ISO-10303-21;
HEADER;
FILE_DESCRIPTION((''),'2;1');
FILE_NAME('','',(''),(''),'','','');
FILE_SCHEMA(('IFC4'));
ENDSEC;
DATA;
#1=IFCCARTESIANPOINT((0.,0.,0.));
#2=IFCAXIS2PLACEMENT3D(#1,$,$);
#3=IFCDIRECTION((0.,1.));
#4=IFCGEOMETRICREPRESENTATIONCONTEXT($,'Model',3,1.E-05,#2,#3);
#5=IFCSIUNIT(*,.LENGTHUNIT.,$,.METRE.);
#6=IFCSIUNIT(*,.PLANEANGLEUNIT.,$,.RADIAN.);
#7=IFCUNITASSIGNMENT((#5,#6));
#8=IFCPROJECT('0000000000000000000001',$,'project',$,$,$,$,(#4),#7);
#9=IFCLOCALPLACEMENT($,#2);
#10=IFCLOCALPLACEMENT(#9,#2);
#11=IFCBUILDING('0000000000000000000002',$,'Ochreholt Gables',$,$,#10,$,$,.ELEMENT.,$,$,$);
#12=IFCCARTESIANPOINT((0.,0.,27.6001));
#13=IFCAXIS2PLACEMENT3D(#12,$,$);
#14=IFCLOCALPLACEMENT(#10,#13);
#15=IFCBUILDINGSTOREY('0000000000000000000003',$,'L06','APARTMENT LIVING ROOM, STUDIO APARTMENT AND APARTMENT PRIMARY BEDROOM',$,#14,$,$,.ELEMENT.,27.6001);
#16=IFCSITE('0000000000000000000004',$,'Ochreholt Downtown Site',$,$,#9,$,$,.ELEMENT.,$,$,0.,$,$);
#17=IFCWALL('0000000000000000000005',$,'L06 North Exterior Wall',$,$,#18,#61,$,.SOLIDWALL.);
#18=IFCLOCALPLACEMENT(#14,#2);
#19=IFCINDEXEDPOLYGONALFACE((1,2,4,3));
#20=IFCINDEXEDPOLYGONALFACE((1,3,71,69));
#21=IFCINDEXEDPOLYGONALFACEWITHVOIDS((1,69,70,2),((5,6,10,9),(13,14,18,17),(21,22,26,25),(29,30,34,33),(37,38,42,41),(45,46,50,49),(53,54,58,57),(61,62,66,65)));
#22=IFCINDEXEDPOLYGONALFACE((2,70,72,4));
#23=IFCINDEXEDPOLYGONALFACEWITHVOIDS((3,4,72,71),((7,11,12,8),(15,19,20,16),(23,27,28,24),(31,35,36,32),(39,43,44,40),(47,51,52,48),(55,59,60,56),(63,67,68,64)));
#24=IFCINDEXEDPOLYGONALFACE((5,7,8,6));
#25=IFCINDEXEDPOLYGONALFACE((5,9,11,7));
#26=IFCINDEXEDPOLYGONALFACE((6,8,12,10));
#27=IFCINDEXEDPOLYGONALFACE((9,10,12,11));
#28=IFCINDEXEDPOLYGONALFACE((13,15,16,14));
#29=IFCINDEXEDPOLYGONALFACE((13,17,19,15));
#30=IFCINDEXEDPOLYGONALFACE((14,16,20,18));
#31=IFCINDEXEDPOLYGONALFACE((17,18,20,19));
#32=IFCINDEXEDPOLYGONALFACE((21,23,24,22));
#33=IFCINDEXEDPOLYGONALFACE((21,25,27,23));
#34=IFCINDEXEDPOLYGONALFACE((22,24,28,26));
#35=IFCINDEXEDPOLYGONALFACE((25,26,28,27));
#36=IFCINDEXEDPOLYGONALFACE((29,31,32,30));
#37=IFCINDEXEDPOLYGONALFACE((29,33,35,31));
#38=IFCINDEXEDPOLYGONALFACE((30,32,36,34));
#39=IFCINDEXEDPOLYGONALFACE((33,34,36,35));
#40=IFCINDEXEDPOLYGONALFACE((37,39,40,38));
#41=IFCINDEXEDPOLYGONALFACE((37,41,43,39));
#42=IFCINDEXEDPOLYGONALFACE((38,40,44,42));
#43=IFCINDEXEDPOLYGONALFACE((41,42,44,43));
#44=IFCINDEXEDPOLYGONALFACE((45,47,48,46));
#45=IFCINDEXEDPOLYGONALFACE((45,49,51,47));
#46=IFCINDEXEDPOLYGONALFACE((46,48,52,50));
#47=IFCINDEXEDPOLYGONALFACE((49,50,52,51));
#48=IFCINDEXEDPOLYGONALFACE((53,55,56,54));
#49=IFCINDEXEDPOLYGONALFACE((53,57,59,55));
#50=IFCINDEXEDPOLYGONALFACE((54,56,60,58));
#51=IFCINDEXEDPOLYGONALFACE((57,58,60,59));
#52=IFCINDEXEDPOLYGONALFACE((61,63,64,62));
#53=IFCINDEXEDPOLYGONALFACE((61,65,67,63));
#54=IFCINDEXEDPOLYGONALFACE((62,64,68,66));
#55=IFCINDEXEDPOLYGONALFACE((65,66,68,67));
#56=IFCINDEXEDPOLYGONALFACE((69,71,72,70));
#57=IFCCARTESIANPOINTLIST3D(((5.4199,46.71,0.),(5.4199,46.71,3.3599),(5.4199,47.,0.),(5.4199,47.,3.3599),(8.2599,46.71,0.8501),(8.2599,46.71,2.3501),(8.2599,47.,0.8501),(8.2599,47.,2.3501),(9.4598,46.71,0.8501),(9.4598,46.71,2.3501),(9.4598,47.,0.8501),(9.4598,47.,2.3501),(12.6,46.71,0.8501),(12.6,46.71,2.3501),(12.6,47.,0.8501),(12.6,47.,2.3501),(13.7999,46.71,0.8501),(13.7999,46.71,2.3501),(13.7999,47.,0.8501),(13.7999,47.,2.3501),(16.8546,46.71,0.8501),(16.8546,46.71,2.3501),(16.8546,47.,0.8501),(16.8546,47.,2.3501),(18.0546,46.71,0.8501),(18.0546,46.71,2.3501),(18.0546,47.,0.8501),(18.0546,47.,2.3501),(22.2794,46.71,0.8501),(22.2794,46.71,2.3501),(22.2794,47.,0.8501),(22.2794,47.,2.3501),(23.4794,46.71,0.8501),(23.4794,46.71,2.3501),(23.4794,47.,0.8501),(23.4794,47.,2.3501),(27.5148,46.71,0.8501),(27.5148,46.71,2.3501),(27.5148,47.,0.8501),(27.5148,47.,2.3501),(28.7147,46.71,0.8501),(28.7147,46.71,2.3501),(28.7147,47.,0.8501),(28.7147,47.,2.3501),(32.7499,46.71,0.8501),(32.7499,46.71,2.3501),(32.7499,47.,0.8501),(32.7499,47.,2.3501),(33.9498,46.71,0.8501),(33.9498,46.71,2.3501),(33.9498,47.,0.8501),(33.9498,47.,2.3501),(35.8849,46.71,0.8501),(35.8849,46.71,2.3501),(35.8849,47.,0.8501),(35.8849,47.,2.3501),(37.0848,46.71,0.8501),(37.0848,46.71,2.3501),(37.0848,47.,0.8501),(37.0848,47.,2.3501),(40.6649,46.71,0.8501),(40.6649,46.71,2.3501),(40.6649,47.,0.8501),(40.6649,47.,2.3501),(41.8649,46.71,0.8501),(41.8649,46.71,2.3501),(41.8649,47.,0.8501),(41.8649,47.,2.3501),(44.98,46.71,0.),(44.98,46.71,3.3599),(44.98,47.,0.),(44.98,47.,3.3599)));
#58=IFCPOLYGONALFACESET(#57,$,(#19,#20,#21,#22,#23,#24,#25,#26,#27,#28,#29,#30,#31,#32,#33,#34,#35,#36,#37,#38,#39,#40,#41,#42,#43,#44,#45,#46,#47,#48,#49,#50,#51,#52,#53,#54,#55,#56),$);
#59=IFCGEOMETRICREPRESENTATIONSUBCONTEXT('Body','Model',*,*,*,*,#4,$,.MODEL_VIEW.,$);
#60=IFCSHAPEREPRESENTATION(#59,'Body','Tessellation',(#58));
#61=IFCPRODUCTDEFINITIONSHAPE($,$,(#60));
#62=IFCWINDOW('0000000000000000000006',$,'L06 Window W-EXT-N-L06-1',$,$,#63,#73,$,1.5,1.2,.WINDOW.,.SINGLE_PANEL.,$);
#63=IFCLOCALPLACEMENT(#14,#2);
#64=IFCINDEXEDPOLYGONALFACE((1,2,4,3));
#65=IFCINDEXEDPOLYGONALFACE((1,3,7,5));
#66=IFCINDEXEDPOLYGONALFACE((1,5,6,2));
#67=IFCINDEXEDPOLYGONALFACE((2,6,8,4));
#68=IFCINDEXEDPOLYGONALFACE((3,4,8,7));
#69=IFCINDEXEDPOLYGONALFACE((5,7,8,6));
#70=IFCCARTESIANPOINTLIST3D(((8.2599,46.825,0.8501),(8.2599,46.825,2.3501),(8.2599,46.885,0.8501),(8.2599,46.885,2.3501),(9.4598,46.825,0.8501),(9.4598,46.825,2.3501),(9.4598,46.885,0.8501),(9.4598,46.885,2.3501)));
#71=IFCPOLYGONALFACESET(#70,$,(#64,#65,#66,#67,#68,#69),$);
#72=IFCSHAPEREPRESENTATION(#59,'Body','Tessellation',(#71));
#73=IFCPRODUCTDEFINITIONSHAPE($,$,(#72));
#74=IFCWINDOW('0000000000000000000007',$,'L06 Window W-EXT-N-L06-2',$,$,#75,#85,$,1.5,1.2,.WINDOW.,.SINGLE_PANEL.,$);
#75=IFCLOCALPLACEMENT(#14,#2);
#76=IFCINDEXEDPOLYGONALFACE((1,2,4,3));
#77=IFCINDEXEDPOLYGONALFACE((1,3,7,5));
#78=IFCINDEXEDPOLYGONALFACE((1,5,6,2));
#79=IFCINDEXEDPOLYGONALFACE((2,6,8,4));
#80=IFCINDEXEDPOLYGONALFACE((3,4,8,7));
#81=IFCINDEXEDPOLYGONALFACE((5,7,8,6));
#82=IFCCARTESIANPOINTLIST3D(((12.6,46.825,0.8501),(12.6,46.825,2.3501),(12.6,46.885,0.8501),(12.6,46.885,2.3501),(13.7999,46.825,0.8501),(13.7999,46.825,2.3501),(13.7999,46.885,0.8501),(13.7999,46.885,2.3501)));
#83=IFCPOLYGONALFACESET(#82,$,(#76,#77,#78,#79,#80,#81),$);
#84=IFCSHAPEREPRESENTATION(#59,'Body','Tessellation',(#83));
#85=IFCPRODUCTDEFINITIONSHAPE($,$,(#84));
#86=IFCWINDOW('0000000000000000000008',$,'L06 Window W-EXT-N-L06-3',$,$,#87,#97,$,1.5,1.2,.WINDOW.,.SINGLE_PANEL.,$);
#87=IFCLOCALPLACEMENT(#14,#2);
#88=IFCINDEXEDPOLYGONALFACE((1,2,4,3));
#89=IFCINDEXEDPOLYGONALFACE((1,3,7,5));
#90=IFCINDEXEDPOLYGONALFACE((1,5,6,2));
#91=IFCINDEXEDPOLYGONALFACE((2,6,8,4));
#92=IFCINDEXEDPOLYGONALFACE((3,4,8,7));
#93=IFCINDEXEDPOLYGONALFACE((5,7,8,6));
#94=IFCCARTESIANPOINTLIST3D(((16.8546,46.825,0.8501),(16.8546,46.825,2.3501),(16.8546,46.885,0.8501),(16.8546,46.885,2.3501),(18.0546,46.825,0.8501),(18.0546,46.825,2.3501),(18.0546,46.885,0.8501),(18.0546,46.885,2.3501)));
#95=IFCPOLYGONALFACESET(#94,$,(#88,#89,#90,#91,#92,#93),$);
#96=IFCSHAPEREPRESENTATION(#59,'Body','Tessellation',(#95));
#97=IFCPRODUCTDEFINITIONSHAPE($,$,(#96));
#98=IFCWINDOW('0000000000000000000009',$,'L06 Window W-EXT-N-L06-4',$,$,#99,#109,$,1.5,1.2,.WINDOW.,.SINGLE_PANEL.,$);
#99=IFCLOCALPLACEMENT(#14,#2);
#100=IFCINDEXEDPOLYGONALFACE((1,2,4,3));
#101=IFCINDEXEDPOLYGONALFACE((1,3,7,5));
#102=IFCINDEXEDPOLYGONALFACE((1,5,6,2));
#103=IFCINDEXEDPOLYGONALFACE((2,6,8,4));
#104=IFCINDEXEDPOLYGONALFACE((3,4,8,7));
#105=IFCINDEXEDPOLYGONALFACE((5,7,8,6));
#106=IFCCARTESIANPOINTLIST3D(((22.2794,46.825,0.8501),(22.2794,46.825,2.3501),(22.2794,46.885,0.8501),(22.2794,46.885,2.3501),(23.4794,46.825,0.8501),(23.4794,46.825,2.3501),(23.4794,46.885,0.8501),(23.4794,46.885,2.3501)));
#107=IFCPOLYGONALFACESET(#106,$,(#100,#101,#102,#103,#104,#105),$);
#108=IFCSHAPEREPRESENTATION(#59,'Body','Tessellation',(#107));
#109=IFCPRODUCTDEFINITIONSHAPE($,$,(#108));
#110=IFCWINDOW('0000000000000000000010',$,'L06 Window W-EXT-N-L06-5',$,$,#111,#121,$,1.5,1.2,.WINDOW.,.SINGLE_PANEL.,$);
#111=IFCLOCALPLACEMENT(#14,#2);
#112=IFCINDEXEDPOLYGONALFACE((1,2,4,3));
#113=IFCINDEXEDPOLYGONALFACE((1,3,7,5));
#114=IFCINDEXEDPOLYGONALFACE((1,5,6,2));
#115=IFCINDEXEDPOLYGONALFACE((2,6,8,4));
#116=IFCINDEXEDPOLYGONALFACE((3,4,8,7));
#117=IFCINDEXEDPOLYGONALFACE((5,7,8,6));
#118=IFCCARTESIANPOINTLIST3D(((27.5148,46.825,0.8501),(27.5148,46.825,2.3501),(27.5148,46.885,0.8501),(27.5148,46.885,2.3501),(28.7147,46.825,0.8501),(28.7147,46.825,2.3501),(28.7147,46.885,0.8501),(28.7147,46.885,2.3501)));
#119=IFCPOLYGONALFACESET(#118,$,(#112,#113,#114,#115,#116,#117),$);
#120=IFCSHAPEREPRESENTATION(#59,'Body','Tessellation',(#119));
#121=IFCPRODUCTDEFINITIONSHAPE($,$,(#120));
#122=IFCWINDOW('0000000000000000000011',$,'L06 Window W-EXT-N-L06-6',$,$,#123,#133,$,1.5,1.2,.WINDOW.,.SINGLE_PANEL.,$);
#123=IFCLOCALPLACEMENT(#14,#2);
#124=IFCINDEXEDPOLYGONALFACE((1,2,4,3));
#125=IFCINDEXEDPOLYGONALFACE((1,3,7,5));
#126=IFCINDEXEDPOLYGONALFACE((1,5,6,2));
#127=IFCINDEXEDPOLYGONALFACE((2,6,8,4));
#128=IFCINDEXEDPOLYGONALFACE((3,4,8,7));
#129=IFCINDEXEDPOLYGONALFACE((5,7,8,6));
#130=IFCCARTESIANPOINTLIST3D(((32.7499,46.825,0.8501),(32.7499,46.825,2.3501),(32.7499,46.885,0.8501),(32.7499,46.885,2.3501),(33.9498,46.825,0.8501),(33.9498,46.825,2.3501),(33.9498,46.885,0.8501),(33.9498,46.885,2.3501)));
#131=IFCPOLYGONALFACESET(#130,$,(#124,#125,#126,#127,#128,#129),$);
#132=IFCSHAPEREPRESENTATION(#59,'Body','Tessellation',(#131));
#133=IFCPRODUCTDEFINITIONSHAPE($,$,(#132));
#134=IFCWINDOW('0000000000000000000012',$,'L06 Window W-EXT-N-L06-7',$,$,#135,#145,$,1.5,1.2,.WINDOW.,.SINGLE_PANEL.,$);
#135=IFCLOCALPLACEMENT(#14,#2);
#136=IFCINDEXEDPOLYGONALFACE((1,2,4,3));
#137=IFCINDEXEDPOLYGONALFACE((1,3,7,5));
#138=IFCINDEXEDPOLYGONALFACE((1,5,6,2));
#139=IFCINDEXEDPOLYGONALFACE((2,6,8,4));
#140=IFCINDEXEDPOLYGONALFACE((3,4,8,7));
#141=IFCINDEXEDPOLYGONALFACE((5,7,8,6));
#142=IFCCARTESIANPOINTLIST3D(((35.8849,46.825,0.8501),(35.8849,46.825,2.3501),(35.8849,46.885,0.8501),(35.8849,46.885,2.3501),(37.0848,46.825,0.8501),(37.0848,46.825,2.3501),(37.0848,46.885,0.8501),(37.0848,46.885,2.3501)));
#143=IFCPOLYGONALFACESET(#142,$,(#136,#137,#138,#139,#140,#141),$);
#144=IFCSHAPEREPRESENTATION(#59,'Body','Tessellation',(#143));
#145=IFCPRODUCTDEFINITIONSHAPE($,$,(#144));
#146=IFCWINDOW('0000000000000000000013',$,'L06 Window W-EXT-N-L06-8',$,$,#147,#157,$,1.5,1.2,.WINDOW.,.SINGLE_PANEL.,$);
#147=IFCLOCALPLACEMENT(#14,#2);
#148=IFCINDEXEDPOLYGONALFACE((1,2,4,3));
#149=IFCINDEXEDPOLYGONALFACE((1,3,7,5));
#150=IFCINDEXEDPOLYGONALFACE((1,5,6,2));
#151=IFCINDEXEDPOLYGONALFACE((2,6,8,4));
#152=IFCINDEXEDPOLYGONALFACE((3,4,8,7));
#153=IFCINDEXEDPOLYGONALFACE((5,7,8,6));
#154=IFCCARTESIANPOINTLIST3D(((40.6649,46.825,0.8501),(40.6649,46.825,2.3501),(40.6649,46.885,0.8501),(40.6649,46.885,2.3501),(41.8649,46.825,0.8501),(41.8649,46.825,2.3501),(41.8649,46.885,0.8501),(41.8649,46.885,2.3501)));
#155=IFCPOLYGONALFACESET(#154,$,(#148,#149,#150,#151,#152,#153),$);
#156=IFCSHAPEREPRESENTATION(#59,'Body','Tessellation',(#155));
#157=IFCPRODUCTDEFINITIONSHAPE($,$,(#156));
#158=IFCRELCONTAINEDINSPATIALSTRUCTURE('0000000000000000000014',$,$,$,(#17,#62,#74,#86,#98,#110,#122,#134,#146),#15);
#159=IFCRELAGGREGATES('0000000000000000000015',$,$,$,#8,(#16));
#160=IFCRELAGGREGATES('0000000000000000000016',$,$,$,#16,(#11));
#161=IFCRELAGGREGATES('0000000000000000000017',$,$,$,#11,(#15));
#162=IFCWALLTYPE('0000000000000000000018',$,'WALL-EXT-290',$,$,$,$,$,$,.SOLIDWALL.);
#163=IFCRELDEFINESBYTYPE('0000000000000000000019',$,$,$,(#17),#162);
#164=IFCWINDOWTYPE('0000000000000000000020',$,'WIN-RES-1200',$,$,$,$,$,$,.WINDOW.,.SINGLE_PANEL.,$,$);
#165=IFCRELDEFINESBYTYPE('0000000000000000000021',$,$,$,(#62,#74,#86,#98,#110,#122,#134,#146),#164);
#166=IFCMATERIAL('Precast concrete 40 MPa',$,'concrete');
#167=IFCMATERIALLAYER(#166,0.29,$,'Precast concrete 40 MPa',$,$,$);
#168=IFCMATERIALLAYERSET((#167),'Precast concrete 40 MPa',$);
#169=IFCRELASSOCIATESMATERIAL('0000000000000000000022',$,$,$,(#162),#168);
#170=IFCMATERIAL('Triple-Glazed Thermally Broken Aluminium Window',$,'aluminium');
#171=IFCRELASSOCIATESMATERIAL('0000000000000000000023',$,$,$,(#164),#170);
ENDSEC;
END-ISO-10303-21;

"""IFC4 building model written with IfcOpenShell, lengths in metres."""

from ifc_helpers import new_model, si_unit, direction, frame, frame_2d, origin, place, context, subcontext, project, spatial, rectangle, extrude, material, layer, layer_set, type_object, element, fill, save


model = new_model("IFC4")

# Units and contexts
model_context = context("Model", 3, precision=1e-05, world=origin(), true_north=direction((0.0, 1.0)))
body_context = subcontext(model_context, "Body", "Model", "MODEL_VIEW")
ifc_project = project(units=[si_unit("LENGTHUNIT", "METRE"), si_unit("PLANEANGLEUNIT", "RADIAN")], contexts=[model_context])

# Site, building, storey
site_placement = place(None, origin())
site = spatial("IfcSite", under=ifc_project, at=site_placement, Name="Ochreholt Downtown Site", CompositionType="ELEMENT", RefElevation=0.0)
building_placement = place(site_placement, origin())
building = spatial("IfcBuilding", under=site, at=building_placement, Name="Ochreholt Gables", CompositionType="ELEMENT")
storey_placement = place(building_placement, frame((0.0, 0.0, 27.6001)))
storey = spatial("IfcBuildingStorey", under=building, at=storey_placement, Name="L06", Description="APARTMENT LIVING ROOM, STUDIO APARTMENT AND APARTMENT PRIMARY BEDROOM", CompositionType="ELEMENT", Elevation=27.6001)

# Wall, openings, windows
ifc_material_1 = material(Name="Precast concrete 40 MPa", Category="concrete")
ifc_layer_1 = layer(ifc_material_1, 0.29, Name="Precast concrete 40 MPa")
ifc_layer_set_1 = layer_set([ifc_layer_1], Name="Precast concrete 40 MPa")
wall_type_1 = type_object("IfcWallType", Name="WALL-EXT-290", PredefinedType="SOLIDWALL", material=ifc_layer_set_1)
wall_1_placement = place(storey_placement, frame((44.98, 46.855, 0.0), z_axis=(0.0, 0.0, 1.0), x_axis=(-1.0, 0.0, 0.0)))
wall_1 = element("IfcWall", 1, at=wall_1_placement, inside=storey, type_object=wall_type_1, Name="L06 North Exterior Wall", PredefinedType="SOLIDWALL", context=body_context, shape_type="SweptSolid", body=[
    extrude(rectangle(XDim=39.5601, YDim=0.29, at=frame_2d((19.78, 0.0))), origin(), (0.0, 0.0, 1.0), 3.3599),
])
opening_1_placement = place(wall_1_placement, frame((35.52, 0.0, 0.8501)))
opening_1 = element("IfcOpeningElement", 2, at=opening_1_placement, cuts=wall_1, PredefinedType="OPENING", context=body_context, shape_type="SweptSolid", body=[
    extrude(rectangle(XDim=1.2, YDim=1.5, at=frame_2d((0.6001, 0.75))), frame((0.0, 0.155, 0.0), z_axis=(0.0, -1.0, 0.0), x_axis=(1.0, 0.0, 0.0)), (0.0, 0.0, 1.0), 0.3101),
])
opening_2_placement = place(wall_1_placement, frame((31.1799, 0.0, 0.8501)))
opening_2 = element("IfcOpeningElement", 3, at=opening_2_placement, cuts=wall_1, PredefinedType="OPENING", context=body_context, shape_type="SweptSolid", body=[
    extrude(rectangle(XDim=1.2, YDim=1.5, at=frame_2d((0.6001, 0.75))), frame((0.0, 0.155, 0.0), z_axis=(0.0, -1.0, 0.0), x_axis=(1.0, 0.0, 0.0)), (0.0, 0.0, 1.0), 0.3101),
])
opening_3_placement = place(wall_1_placement, frame((26.9253, 0.0, 0.8501)))
opening_3 = element("IfcOpeningElement", 4, at=opening_3_placement, cuts=wall_1, PredefinedType="OPENING", context=body_context, shape_type="SweptSolid", body=[
    extrude(rectangle(XDim=1.2, YDim=1.5, at=frame_2d((0.6001, 0.75))), frame((0.0, 0.155, 0.0), z_axis=(0.0, -1.0, 0.0), x_axis=(1.0, 0.0, 0.0)), (0.0, 0.0, 1.0), 0.3101),
])
opening_4_placement = place(wall_1_placement, frame((21.5005, 0.0, 0.8501)))
opening_4 = element("IfcOpeningElement", 5, at=opening_4_placement, cuts=wall_1, PredefinedType="OPENING", context=body_context, shape_type="SweptSolid", body=[
    extrude(rectangle(XDim=1.2, YDim=1.5, at=frame_2d((0.6001, 0.75))), frame((0.0, 0.155, 0.0), z_axis=(0.0, -1.0, 0.0), x_axis=(1.0, 0.0, 0.0)), (0.0, 0.0, 1.0), 0.3101),
])
opening_5_placement = place(wall_1_placement, frame((16.2651, 0.0, 0.8501)))
opening_5 = element("IfcOpeningElement", 6, at=opening_5_placement, cuts=wall_1, PredefinedType="OPENING", context=body_context, shape_type="SweptSolid", body=[
    extrude(rectangle(XDim=1.2, YDim=1.5, at=frame_2d((0.6001, 0.75))), frame((0.0, 0.155, 0.0), z_axis=(0.0, -1.0, 0.0), x_axis=(1.0, 0.0, 0.0)), (0.0, 0.0, 1.0), 0.3101),
])
opening_6_placement = place(wall_1_placement, frame((11.03, 0.0, 0.8501)))
opening_6 = element("IfcOpeningElement", 7, at=opening_6_placement, cuts=wall_1, PredefinedType="OPENING", context=body_context, shape_type="SweptSolid", body=[
    extrude(rectangle(XDim=1.2, YDim=1.5, at=frame_2d((0.6001, 0.75))), frame((0.0, 0.155, 0.0), z_axis=(0.0, -1.0, 0.0), x_axis=(1.0, 0.0, 0.0)), (0.0, 0.0, 1.0), 0.3101),
])
opening_7_placement = place(wall_1_placement, frame((7.895, 0.0, 0.8501)))
opening_7 = element("IfcOpeningElement", 8, at=opening_7_placement, cuts=wall_1, PredefinedType="OPENING", context=body_context, shape_type="SweptSolid", body=[
    extrude(rectangle(XDim=1.2, YDim=1.5, at=frame_2d((0.6001, 0.75))), frame((0.0, 0.155, 0.0), z_axis=(0.0, -1.0, 0.0), x_axis=(1.0, 0.0, 0.0)), (0.0, 0.0, 1.0), 0.3101),
])
opening_8_placement = place(wall_1_placement, frame((3.115, 0.0, 0.8501)))
opening_8 = element("IfcOpeningElement", 9, at=opening_8_placement, cuts=wall_1, PredefinedType="OPENING", context=body_context, shape_type="SweptSolid", body=[
    extrude(rectangle(XDim=1.2, YDim=1.5, at=frame_2d((0.6001, 0.75))), frame((0.0, 0.155, 0.0), z_axis=(0.0, -1.0, 0.0), x_axis=(1.0, 0.0, 0.0)), (0.0, 0.0, 1.0), 0.3101),
])
ifc_material_2 = material(Name="Triple-Glazed Thermally Broken Aluminium Window", Category="aluminium")
window_type = type_object("IfcWindowType", Name="WIN-RES-1200", PartitioningType="SINGLE_PANEL", PredefinedType="WINDOW", material=ifc_material_2)
window_1_placement = place(opening_1_placement, origin())
window_1 = element("IfcWindow", 10, at=window_1_placement, inside=storey, type_object=window_type, Name="L06 Window W-EXT-N-L06-1", OverallHeight=1.5, OverallWidth=1.2, PartitioningType="SINGLE_PANEL", PredefinedType="WINDOW", context=body_context, shape_type="SweptSolid", body=[
    extrude(rectangle(XDim=1.2, YDim=1.5, at=frame_2d((0.6001, 0.75))), frame((0.0, 0.03, 0.0), z_axis=(0.0, -1.0, 0.0), x_axis=(1.0, 0.0, 0.0)), (0.0, 0.0, 1.0), 0.0601),
])
fill(opening_1, window_1)
window_2_placement = place(opening_2_placement, origin())
window_2 = element("IfcWindow", 11, at=window_2_placement, inside=storey, type_object=window_type, Name="L06 Window W-EXT-N-L06-2", OverallHeight=1.5, OverallWidth=1.2, PartitioningType="SINGLE_PANEL", PredefinedType="WINDOW", context=body_context, shape_type="SweptSolid", body=[
    extrude(rectangle(XDim=1.2, YDim=1.5, at=frame_2d((0.6001, 0.75))), frame((0.0, 0.03, 0.0), z_axis=(0.0, -1.0, 0.0), x_axis=(1.0, 0.0, 0.0)), (0.0, 0.0, 1.0), 0.0601),
])
fill(opening_2, window_2)
window_3_placement = place(opening_3_placement, origin())
window_3 = element("IfcWindow", 12, at=window_3_placement, inside=storey, type_object=window_type, Name="L06 Window W-EXT-N-L06-3", OverallHeight=1.5, OverallWidth=1.2, PartitioningType="SINGLE_PANEL", PredefinedType="WINDOW", context=body_context, shape_type="SweptSolid", body=[
    extrude(rectangle(XDim=1.2, YDim=1.5, at=frame_2d((0.6001, 0.75))), frame((0.0, 0.03, 0.0), z_axis=(0.0, -1.0, 0.0), x_axis=(1.0, 0.0, 0.0)), (0.0, 0.0, 1.0), 0.0601),
])
fill(opening_3, window_3)
window_4_placement = place(opening_4_placement, origin())
window_4 = element("IfcWindow", 13, at=window_4_placement, inside=storey, type_object=window_type, Name="L06 Window W-EXT-N-L06-4", OverallHeight=1.5, OverallWidth=1.2, PartitioningType="SINGLE_PANEL", PredefinedType="WINDOW", context=body_context, shape_type="SweptSolid", body=[
    extrude(rectangle(XDim=1.2, YDim=1.5, at=frame_2d((0.6001, 0.75))), frame((0.0, 0.03, 0.0), z_axis=(0.0, -1.0, 0.0), x_axis=(1.0, 0.0, 0.0)), (0.0, 0.0, 1.0), 0.0601),
])
fill(opening_4, window_4)
window_5_placement = place(opening_5_placement, origin())
window_5 = element("IfcWindow", 14, at=window_5_placement, inside=storey, type_object=window_type, Name="L06 Window W-EXT-N-L06-5", OverallHeight=1.5, OverallWidth=1.2, PartitioningType="SINGLE_PANEL", PredefinedType="WINDOW", context=body_context, shape_type="SweptSolid", body=[
    extrude(rectangle(XDim=1.2, YDim=1.5, at=frame_2d((0.6001, 0.75))), frame((0.0, 0.03, 0.0), z_axis=(0.0, -1.0, 0.0), x_axis=(1.0, 0.0, 0.0)), (0.0, 0.0, 1.0), 0.0601),
])
fill(opening_5, window_5)
window_6_placement = place(opening_6_placement, origin())
window_6 = element("IfcWindow", 15, at=window_6_placement, inside=storey, type_object=window_type, Name="L06 Window W-EXT-N-L06-6", OverallHeight=1.5, OverallWidth=1.2, PartitioningType="SINGLE_PANEL", PredefinedType="WINDOW", context=body_context, shape_type="SweptSolid", body=[
    extrude(rectangle(XDim=1.2, YDim=1.5, at=frame_2d((0.6001, 0.75))), frame((0.0, 0.03, 0.0), z_axis=(0.0, -1.0, 0.0), x_axis=(1.0, 0.0, 0.0)), (0.0, 0.0, 1.0), 0.0601),
])
fill(opening_6, window_6)
window_7_placement = place(opening_7_placement, origin())
window_7 = element("IfcWindow", 16, at=window_7_placement, inside=storey, type_object=window_type, Name="L06 Window W-EXT-N-L06-7", OverallHeight=1.5, OverallWidth=1.2, PartitioningType="SINGLE_PANEL", PredefinedType="WINDOW", context=body_context, shape_type="SweptSolid", body=[
    extrude(rectangle(XDim=1.2, YDim=1.5, at=frame_2d((0.6001, 0.75))), frame((0.0, 0.03, 0.0), z_axis=(0.0, -1.0, 0.0), x_axis=(1.0, 0.0, 0.0)), (0.0, 0.0, 1.0), 0.0601),
])
fill(opening_7, window_7)
window_8_placement = place(opening_8_placement, origin())
window_8 = element("IfcWindow", 17, at=window_8_placement, inside=storey, type_object=window_type, Name="L06 Window W-EXT-N-L06-8", OverallHeight=1.5, OverallWidth=1.2, PartitioningType="SINGLE_PANEL", PredefinedType="WINDOW", context=body_context, shape_type="SweptSolid", body=[
    extrude(rectangle(XDim=1.2, YDim=1.5, at=frame_2d((0.6001, 0.75))), frame((0.0, 0.03, 0.0), z_axis=(0.0, -1.0, 0.0), x_axis=(1.0, 0.0, 0.0)), (0.0, 0.0, 1.0), 0.0601),
])
fill(opening_8, window_8)

save(model, "model.ifc")
